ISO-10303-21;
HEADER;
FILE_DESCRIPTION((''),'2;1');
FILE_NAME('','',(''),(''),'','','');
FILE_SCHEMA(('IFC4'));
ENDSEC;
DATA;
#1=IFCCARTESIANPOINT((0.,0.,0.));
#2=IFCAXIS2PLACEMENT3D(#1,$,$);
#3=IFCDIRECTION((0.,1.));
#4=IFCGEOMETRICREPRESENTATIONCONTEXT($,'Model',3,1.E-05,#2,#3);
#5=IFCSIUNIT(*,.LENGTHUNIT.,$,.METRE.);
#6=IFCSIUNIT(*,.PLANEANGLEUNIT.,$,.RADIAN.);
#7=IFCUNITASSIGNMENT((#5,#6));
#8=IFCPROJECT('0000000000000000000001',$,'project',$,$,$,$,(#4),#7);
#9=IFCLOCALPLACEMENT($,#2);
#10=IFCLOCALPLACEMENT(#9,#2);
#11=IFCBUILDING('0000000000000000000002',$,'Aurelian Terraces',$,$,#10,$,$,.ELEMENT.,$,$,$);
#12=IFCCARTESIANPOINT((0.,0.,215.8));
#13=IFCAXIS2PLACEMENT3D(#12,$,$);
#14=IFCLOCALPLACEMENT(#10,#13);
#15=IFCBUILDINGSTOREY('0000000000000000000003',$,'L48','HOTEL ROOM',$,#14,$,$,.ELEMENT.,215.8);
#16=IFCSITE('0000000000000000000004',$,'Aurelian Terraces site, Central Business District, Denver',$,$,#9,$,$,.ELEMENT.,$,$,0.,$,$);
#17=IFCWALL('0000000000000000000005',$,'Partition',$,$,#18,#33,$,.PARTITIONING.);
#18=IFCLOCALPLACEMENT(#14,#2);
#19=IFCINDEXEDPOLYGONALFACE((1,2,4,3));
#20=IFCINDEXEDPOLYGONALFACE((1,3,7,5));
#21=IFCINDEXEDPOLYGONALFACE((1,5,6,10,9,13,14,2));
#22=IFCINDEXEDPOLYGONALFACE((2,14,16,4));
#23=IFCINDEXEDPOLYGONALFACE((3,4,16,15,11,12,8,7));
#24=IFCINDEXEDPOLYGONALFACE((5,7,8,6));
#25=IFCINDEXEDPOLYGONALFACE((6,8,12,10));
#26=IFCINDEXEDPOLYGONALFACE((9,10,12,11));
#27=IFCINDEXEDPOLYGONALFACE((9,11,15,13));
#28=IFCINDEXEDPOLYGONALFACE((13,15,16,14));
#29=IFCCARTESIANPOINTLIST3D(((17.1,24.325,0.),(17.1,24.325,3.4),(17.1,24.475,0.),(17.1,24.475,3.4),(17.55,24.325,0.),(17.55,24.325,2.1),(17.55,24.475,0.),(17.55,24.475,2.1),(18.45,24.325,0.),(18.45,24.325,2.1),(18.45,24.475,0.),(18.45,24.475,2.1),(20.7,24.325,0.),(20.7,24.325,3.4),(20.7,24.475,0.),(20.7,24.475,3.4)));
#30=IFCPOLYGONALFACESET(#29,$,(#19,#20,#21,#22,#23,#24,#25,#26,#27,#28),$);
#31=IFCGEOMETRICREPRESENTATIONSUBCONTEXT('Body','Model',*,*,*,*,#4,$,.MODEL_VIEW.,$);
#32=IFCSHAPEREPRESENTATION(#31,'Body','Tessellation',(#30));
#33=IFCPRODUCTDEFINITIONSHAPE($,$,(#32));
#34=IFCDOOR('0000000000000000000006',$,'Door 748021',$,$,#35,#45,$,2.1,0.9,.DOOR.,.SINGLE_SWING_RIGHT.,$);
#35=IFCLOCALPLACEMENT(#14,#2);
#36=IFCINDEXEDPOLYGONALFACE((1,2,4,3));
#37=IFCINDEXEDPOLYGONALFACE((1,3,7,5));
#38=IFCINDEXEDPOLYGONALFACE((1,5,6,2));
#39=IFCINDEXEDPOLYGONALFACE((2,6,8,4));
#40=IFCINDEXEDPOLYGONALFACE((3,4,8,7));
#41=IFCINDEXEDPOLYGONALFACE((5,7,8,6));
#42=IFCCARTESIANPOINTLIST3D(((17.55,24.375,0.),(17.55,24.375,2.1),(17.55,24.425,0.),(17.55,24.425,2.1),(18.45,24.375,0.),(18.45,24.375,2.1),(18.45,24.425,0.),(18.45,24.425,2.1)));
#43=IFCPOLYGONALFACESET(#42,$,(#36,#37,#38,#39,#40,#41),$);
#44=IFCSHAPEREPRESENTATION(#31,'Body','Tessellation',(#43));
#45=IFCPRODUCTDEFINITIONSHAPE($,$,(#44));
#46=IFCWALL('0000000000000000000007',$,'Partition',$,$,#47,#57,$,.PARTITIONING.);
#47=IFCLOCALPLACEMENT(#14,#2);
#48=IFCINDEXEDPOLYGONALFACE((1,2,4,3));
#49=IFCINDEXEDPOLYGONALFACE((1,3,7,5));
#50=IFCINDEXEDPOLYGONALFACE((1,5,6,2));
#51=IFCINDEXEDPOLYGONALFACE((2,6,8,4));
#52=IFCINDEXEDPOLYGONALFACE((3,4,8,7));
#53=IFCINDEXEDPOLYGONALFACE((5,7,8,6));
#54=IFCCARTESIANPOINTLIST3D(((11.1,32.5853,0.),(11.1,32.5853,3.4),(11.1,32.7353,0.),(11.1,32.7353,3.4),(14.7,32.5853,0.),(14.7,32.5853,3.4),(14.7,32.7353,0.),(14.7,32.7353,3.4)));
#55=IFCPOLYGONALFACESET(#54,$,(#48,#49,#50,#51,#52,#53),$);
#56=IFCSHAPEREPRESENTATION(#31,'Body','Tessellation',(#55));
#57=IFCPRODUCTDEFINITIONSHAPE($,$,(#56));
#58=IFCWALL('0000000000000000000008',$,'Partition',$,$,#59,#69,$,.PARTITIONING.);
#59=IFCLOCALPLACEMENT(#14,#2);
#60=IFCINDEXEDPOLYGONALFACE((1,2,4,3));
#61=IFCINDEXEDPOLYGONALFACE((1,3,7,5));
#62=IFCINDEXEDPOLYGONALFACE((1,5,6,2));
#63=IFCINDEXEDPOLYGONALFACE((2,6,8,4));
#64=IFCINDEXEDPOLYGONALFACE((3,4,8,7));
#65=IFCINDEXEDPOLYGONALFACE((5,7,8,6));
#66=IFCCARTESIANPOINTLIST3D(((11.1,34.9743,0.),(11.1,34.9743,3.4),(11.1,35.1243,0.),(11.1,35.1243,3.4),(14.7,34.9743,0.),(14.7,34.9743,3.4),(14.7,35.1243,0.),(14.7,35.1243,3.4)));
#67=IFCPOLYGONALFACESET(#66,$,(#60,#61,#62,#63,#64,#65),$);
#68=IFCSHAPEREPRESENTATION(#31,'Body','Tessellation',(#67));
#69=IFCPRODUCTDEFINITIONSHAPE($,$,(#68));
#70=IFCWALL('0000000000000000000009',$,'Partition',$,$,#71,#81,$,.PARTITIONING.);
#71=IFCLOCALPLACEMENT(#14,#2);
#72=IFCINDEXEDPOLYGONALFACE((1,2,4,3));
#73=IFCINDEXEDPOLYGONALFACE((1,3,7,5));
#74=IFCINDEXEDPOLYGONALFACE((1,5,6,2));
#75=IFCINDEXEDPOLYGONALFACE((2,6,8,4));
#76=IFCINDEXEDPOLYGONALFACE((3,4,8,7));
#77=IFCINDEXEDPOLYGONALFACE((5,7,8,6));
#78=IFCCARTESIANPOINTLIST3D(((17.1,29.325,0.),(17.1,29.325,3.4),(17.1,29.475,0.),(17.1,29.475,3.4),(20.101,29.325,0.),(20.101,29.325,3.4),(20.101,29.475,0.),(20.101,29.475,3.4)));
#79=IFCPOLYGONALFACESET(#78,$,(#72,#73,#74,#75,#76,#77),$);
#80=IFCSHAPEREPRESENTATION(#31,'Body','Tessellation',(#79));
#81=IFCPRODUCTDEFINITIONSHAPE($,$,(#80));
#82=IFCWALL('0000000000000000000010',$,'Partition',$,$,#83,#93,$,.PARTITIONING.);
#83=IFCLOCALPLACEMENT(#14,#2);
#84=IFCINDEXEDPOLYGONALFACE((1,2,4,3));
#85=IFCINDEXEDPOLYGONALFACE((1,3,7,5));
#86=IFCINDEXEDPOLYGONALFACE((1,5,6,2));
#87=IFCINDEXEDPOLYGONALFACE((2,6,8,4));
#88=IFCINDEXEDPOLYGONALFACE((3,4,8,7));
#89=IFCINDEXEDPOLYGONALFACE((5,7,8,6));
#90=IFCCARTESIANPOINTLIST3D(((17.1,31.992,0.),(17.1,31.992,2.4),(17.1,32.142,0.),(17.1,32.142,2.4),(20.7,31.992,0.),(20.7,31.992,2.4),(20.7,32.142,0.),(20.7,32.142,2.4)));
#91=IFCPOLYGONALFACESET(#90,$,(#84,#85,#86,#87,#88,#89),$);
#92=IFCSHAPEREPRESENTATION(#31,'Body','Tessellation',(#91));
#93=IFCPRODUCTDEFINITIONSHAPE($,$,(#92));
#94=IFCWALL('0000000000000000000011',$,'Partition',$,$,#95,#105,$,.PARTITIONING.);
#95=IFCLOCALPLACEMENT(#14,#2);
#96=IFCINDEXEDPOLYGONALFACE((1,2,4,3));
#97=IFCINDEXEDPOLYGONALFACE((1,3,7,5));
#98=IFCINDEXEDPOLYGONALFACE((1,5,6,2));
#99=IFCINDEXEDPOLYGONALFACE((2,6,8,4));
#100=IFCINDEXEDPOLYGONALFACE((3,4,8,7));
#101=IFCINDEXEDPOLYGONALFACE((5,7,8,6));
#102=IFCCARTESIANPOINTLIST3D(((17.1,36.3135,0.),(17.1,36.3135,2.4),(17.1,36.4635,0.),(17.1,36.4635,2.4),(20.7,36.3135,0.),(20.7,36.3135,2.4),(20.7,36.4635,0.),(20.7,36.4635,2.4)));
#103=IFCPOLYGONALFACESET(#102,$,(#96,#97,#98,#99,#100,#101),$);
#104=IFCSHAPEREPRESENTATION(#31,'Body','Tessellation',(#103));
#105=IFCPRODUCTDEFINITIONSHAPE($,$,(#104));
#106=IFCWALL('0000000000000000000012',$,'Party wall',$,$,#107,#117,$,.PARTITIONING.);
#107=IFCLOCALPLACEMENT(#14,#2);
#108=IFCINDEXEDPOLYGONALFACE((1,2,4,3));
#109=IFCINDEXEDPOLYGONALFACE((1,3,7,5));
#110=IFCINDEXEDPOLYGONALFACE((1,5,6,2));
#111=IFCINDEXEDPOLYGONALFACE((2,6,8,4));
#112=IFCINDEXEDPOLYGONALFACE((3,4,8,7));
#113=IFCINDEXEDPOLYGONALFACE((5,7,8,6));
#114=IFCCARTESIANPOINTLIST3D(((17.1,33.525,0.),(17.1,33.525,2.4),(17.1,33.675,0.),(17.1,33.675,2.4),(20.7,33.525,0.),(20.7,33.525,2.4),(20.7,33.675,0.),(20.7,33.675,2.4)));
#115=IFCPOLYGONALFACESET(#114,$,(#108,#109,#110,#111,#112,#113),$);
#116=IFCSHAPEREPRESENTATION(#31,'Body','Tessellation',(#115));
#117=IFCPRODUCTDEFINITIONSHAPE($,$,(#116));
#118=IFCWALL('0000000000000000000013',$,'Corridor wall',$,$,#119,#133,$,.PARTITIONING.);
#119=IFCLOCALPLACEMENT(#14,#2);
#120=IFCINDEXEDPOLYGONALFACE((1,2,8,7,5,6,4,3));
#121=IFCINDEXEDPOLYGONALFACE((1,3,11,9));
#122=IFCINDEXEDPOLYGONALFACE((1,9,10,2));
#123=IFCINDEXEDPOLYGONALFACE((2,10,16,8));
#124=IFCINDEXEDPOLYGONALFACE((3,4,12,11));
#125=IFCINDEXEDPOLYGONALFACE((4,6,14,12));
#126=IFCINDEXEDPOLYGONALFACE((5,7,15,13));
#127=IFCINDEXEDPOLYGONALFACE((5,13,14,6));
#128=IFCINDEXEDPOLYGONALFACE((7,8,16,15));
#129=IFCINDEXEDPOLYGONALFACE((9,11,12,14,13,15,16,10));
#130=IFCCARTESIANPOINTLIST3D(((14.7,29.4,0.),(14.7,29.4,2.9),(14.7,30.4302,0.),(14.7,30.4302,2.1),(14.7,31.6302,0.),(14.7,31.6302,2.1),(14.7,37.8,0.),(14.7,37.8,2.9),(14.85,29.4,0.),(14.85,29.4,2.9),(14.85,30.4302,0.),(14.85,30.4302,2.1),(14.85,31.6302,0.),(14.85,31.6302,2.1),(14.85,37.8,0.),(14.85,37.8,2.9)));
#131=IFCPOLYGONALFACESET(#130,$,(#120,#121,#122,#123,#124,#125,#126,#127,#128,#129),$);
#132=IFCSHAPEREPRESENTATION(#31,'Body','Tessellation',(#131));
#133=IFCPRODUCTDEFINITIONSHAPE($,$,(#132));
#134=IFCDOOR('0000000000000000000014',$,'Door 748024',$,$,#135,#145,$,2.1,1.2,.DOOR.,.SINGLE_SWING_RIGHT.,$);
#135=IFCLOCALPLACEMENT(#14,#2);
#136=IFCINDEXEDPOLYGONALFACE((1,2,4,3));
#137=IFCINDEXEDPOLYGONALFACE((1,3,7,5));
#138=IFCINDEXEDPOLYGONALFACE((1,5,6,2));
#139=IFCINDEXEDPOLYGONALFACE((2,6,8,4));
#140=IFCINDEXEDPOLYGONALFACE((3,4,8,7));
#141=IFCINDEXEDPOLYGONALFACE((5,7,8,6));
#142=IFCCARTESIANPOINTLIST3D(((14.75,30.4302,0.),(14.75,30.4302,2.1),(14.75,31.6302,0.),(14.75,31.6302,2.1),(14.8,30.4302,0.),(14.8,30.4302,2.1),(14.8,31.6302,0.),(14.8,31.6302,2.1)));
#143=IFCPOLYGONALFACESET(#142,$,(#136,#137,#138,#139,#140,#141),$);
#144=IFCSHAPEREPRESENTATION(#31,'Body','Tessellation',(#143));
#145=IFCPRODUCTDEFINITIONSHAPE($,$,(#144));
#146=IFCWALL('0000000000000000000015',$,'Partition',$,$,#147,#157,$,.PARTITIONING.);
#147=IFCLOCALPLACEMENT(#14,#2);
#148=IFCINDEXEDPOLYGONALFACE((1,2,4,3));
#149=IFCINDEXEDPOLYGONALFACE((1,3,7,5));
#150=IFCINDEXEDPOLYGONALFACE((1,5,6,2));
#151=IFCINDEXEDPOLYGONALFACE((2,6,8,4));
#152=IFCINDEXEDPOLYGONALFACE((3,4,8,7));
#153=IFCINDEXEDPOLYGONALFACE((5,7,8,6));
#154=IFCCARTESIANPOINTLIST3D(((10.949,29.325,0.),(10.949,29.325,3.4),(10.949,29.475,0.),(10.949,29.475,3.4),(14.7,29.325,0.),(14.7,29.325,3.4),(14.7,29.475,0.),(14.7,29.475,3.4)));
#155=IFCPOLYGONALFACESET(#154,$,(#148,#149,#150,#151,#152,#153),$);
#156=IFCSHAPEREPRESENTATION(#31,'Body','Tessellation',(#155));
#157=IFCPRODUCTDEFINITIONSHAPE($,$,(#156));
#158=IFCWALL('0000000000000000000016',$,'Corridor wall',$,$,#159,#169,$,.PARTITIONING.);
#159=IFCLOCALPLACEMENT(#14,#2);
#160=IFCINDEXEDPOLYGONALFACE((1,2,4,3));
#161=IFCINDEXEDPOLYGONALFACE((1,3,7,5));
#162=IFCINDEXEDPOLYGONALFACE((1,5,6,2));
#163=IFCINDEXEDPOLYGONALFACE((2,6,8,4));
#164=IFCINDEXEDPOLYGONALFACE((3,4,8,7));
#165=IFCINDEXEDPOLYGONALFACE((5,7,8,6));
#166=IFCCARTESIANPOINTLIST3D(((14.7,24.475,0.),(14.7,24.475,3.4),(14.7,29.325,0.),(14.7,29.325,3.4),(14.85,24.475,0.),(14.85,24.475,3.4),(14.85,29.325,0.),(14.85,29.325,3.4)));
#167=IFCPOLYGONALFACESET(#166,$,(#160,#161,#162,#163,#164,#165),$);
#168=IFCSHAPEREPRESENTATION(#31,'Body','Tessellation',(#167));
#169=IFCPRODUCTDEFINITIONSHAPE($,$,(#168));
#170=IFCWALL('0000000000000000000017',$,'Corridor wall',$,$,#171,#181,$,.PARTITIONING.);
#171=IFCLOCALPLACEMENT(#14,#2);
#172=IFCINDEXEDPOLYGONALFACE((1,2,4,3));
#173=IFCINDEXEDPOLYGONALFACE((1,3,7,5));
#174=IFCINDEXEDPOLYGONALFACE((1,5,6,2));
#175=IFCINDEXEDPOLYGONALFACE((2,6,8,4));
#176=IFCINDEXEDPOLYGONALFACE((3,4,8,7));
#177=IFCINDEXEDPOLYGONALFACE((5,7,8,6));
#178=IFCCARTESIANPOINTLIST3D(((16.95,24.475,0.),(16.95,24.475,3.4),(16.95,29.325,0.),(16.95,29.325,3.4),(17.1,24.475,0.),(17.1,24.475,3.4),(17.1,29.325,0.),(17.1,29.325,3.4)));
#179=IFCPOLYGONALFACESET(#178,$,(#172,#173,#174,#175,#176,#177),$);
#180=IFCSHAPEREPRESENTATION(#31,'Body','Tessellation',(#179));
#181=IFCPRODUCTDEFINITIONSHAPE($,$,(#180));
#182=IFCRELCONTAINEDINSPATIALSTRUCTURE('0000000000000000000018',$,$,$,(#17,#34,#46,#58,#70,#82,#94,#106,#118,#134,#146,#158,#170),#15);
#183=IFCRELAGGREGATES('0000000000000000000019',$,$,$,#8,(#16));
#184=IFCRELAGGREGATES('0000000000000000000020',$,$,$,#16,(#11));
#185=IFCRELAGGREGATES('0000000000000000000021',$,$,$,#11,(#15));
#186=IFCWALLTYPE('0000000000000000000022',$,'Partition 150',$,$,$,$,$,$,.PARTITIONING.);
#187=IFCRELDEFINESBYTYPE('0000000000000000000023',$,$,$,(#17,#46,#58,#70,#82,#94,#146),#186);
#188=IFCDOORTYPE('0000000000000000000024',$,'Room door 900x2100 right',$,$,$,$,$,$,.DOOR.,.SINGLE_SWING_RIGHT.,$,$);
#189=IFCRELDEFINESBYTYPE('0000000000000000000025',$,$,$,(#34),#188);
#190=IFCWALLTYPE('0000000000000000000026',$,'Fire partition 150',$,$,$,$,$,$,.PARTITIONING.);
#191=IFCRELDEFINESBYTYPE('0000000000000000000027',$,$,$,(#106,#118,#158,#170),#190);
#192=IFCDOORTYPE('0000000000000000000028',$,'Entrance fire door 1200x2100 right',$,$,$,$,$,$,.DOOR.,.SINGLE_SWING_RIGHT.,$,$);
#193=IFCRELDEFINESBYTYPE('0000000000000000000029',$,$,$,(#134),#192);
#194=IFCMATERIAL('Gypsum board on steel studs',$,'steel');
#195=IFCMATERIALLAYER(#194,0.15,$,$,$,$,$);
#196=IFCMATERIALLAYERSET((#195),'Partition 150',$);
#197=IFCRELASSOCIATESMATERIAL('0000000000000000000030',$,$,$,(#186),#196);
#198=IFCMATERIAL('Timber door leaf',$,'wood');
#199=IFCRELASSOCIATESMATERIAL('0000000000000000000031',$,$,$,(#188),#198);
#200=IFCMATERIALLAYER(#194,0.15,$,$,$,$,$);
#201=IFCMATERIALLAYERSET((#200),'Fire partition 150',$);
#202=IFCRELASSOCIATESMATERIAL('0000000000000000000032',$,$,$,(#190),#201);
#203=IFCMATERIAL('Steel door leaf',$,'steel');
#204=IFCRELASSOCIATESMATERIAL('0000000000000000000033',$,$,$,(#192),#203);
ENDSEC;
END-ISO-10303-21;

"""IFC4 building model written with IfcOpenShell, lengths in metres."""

from ifc_helpers import new_model, si_unit, direction, frame, frame_2d, origin, place, context, subcontext, project, spatial, rectangle, extrude, source, transform, mapped, material, layer, layer_set, type_object, element, fill, save


model = new_model("IFC4")

# Units and contexts
model_context = context("Model", 3, precision=1e-05, world=origin(), true_north=direction((0.0, 1.0)))
body_context = subcontext(model_context, "Body", "Model", "MODEL_VIEW")
ifc_project = project(units=[si_unit("LENGTHUNIT", "METRE"), si_unit("PLANEANGLEUNIT", "RADIAN")], contexts=[model_context])

# Site, building, storey
site_placement = place(None, origin())
site = spatial("IfcSite", under=ifc_project, at=site_placement, Name="Aurelian Terraces site, Central Business District, Denver", CompositionType="ELEMENT", RefElevation=0.0)
building_placement = place(site_placement, origin())
building = spatial("IfcBuilding", under=site, at=building_placement, Name="Aurelian Terraces", CompositionType="ELEMENT")
storey_placement = place(building_placement, frame((0.0, 0.0, 215.8)))
storey = spatial("IfcBuildingStorey", under=building, at=storey_placement, Name="L48", Description="HOTEL ROOM", CompositionType="ELEMENT", Elevation=215.8)

# Shared definitions
ifc_material_1 = material(Name="Timber door leaf", Category="wood")

# Shared definitions
ifc_material_2 = material(Name="Gypsum board on steel studs", Category="steel")

# Wall, opening, door
ifc_layer_1 = layer(ifc_material_2, 0.15)
ifc_layer_set_1 = layer_set([ifc_layer_1], Name="Partition 150")
wall_type_1 = type_object("IfcWallType", Name="Partition 150", PredefinedType="PARTITIONING", material=ifc_layer_set_1)
shared_shape_1 = source(origin(), body_context, "Body", "SweptSolid", [
    extrude(rectangle(XDim=3.6, YDim=0.15, at=frame_2d((1.8, 0.0))), origin(), (0.0, 0.0, 1.0), 3.4),
])
wall_1_placement = place(storey_placement, frame((17.1, 24.4, 0.0), z_axis=(0.0, 0.0, 1.0), x_axis=(1.0, 0.0, 0.0)))
wall_1 = element("IfcWall", 1, at=wall_1_placement, inside=storey, type_object=wall_type_1, Name="Partition", PredefinedType="PARTITIONING", context=body_context, shape_type="MappedRepresentation", body=[
    mapped(shared_shape_1, transform((0.0, 0.0, 0.0), scale=1.0)),
])
shared_shape_2 = source(origin(), body_context, "Body", "SweptSolid", [
    extrude(rectangle(XDim=0.9, YDim=2.1, at=frame_2d((0.45, 1.05))), frame((0.0, 0.085, 0.0), z_axis=(0.0, -1.0, 0.0), x_axis=(1.0, 0.0, 0.0)), (0.0, 0.0, 1.0), 0.17),
])
opening_1_placement = place(wall_1_placement, frame((0.45, 0.0, 0.0)))
opening_1 = element("IfcOpeningElement", 2, at=opening_1_placement, cuts=wall_1, PredefinedType="OPENING", context=body_context, shape_type="MappedRepresentation", body=[
    mapped(shared_shape_2, transform((0.0, 0.0, 0.0), scale=1.0)),
])
door_type_1 = type_object("IfcDoorType", Name="Room door 900x2100 right", OperationType="SINGLE_SWING_RIGHT", PredefinedType="DOOR", material=ifc_material_1)
shared_shape_3 = source(origin(), body_context, "Body", "SweptSolid", [
    extrude(rectangle(XDim=0.9, YDim=2.1, at=frame_2d((0.45, 1.05))), frame((0.0, 0.025, 0.0), z_axis=(0.0, -1.0, 0.0), x_axis=(1.0, 0.0, 0.0)), (0.0, 0.0, 1.0), 0.05),
])
door_1_placement = place(opening_1_placement, origin())
door_1 = element("IfcDoor", 3, at=door_1_placement, inside=storey, type_object=door_type_1, Name="Door 748021", OperationType="SINGLE_SWING_RIGHT", OverallHeight=2.1, OverallWidth=0.9, PredefinedType="DOOR", context=body_context, shape_type="MappedRepresentation", body=[
    mapped(shared_shape_3, transform((0.0, 0.0, 0.0), scale=1.0)),
])
fill(opening_1, door_1)

# Walls
for number, where, z_axis, x_axis, name in (
    (4, (14.7, 32.6603, 0.0), (0.0, 0.0, 1.0), (-1.0, 0.0, 0.0), "Partition"),
    (5, (14.7, 35.0493, 0.0), (0.0, 0.0, 1.0), (-1.0, 0.0, 0.0), "Partition"),
):
    element("IfcWall", number, at=place(storey_placement, frame(where, z_axis=z_axis, x_axis=x_axis)), inside=storey, type_object=wall_type_1, Name=name, PredefinedType="PARTITIONING", context=body_context, shape_type="MappedRepresentation", body=[
        mapped(shared_shape_1, transform((0.0, 0.0, 0.0), scale=1.0)),
    ])
shared_shape_4 = source(origin(), body_context, "Body", "SweptSolid", [
    extrude(rectangle(XDim=3.001, YDim=0.15, at=frame_2d((1.5005, 0.0))), origin(), (0.0, 0.0, 1.0), 3.4),
])
wall_2_placement = place(storey_placement, frame((20.101, 29.4, 0.0), z_axis=(0.0, 0.0, 1.0), x_axis=(-1.0, 0.0, 0.0)))
element("IfcWall", 6, at=wall_2_placement, inside=storey, type_object=wall_type_1, Name="Partition", PredefinedType="PARTITIONING", context=body_context, shape_type="MappedRepresentation", body=[
    mapped(shared_shape_4, transform((0.0, 0.0, 0.0), scale=1.0)),
])
shared_shape_5 = source(origin(), body_context, "Body", "SweptSolid", [
    extrude(rectangle(XDim=3.6, YDim=0.15, at=frame_2d((1.8, 0.0))), origin(), (0.0, 0.0, 1.0), 2.4),
])
for number, where, z_axis, x_axis, name in (
    (7, (17.1, 32.067, 0.0), (0.0, 0.0, 1.0), (1.0, 0.0, 0.0), "Partition"),
    (8, (17.1, 36.3885, 0.0), (0.0, 0.0, 1.0), (1.0, 0.0, 0.0), "Partition"),
):
    element("IfcWall", number, at=place(storey_placement, frame(where, z_axis=z_axis, x_axis=x_axis)), inside=storey, type_object=wall_type_1, Name=name, PredefinedType="PARTITIONING", context=body_context, shape_type="MappedRepresentation", body=[
        mapped(shared_shape_5, transform((0.0, 0.0, 0.0), scale=1.0)),
    ])
ifc_layer_2 = layer(ifc_material_2, 0.15)
ifc_layer_set_2 = layer_set([ifc_layer_2], Name="Fire partition 150")
wall_type_2 = type_object("IfcWallType", Name="Fire partition 150", PredefinedType="PARTITIONING", material=ifc_layer_set_2)
wall_3_placement = place(storey_placement, frame((20.7, 33.6, 0.0), z_axis=(0.0, 0.0, 1.0), x_axis=(-1.0, 0.0, 0.0)))
element("IfcWall", 9, at=wall_3_placement, inside=storey, type_object=wall_type_2, Name="Party wall", PredefinedType="PARTITIONING", context=body_context, shape_type="MappedRepresentation", body=[
    mapped(shared_shape_5, transform((0.0, 0.0, 0.0), scale=1.0)),
])

# Wall, opening, door
shared_shape_6 = source(origin(), body_context, "Body", "SweptSolid", [
    extrude(rectangle(XDim=8.4, YDim=0.15, at=frame_2d((4.2, 0.0))), origin(), (0.0, 0.0, 1.0), 2.9),
])
wall_4_placement = place(storey_placement, frame((14.775, 29.4, 0.0), z_axis=(0.0, 0.0, 1.0), x_axis=(0.0, 1.0, 0.0)))
wall_4 = element("IfcWall", 10, at=wall_4_placement, inside=storey, type_object=wall_type_2, Name="Corridor wall", PredefinedType="PARTITIONING", context=body_context, shape_type="MappedRepresentation", body=[
    mapped(shared_shape_6, transform((0.0, 0.0, 0.0), scale=1.0)),
])
shared_shape_7 = source(origin(), body_context, "Body", "SweptSolid", [
    extrude(rectangle(XDim=1.2, YDim=2.1, at=frame_2d((0.6, 1.05))), frame((0.0, 0.085, 0.0), z_axis=(0.0, -1.0, 0.0), x_axis=(1.0, 0.0, 0.0)), (0.0, 0.0, 1.0), 0.17),
])
opening_2_placement = place(wall_4_placement, frame((1.0302, 0.0, 0.0)))
opening_2 = element("IfcOpeningElement", 11, at=opening_2_placement, cuts=wall_4, PredefinedType="OPENING", context=body_context, shape_type="MappedRepresentation", body=[
    mapped(shared_shape_7, transform((0.0, 0.0, 0.0), scale=1.0)),
])
ifc_material_3 = material(Name="Steel door leaf", Category="steel")
door_type_2 = type_object("IfcDoorType", Name="Entrance fire door 1200x2100 right", OperationType="SINGLE_SWING_RIGHT", PredefinedType="DOOR", material=ifc_material_3)
shared_shape_8 = source(origin(), body_context, "Body", "SweptSolid", [
    extrude(rectangle(XDim=1.2, YDim=2.1, at=frame_2d((0.6, 1.05))), frame((0.0, 0.025, 0.0), z_axis=(0.0, -1.0, 0.0), x_axis=(1.0, 0.0, 0.0)), (0.0, 0.0, 1.0), 0.05),
])
door_2_placement = place(opening_2_placement, origin())
door_2 = element("IfcDoor", 12, at=door_2_placement, inside=storey, type_object=door_type_2, Name="Door 748024", OperationType="SINGLE_SWING_RIGHT", OverallHeight=2.1, OverallWidth=1.2, PredefinedType="DOOR", context=body_context, shape_type="MappedRepresentation", body=[
    mapped(shared_shape_8, transform((0.0, 0.0, 0.0), scale=1.0)),
])
fill(opening_2, door_2)

# Walls
shared_shape_9 = source(origin(), body_context, "Body", "SweptSolid", [
    extrude(rectangle(XDim=3.751, YDim=0.15, at=frame_2d((1.8755, 0.0))), origin(), (0.0, 0.0, 1.0), 3.4),
])
wall_5_placement = place(storey_placement, frame((14.7, 29.4, 0.0), z_axis=(0.0, 0.0, 1.0), x_axis=(-1.0, 0.0, 0.0)))
element("IfcWall", 13, at=wall_5_placement, inside=storey, type_object=wall_type_1, Name="Partition", PredefinedType="PARTITIONING", context=body_context, shape_type="MappedRepresentation", body=[
    mapped(shared_shape_9, transform((0.0, 0.0, 0.0), scale=1.0)),
])
shared_shape_10 = source(origin(), body_context, "Body", "SweptSolid", [
    extrude(rectangle(XDim=4.85, YDim=0.15, at=frame_2d((2.425, 0.0))), origin(), (0.0, 0.0, 1.0), 3.4),
])
for number, where, z_axis, x_axis, name in (
    (14, (14.775, 24.475, 0.0), (0.0, 0.0, 1.0), (0.0, 1.0, 0.0), "Corridor wall"),
    (15, (17.025, 29.325, 0.0), (0.0, 0.0, 1.0), (0.0, -1.0, 0.0), "Corridor wall"),
):
    element("IfcWall", number, at=place(storey_placement, frame(where, z_axis=z_axis, x_axis=x_axis)), inside=storey, type_object=wall_type_2, Name=name, PredefinedType="PARTITIONING", context=body_context, shape_type="MappedRepresentation", body=[
        mapped(shared_shape_10, transform((0.0, 0.0, 0.0), scale=1.0)),
    ])

save(model, "model.ifc")
